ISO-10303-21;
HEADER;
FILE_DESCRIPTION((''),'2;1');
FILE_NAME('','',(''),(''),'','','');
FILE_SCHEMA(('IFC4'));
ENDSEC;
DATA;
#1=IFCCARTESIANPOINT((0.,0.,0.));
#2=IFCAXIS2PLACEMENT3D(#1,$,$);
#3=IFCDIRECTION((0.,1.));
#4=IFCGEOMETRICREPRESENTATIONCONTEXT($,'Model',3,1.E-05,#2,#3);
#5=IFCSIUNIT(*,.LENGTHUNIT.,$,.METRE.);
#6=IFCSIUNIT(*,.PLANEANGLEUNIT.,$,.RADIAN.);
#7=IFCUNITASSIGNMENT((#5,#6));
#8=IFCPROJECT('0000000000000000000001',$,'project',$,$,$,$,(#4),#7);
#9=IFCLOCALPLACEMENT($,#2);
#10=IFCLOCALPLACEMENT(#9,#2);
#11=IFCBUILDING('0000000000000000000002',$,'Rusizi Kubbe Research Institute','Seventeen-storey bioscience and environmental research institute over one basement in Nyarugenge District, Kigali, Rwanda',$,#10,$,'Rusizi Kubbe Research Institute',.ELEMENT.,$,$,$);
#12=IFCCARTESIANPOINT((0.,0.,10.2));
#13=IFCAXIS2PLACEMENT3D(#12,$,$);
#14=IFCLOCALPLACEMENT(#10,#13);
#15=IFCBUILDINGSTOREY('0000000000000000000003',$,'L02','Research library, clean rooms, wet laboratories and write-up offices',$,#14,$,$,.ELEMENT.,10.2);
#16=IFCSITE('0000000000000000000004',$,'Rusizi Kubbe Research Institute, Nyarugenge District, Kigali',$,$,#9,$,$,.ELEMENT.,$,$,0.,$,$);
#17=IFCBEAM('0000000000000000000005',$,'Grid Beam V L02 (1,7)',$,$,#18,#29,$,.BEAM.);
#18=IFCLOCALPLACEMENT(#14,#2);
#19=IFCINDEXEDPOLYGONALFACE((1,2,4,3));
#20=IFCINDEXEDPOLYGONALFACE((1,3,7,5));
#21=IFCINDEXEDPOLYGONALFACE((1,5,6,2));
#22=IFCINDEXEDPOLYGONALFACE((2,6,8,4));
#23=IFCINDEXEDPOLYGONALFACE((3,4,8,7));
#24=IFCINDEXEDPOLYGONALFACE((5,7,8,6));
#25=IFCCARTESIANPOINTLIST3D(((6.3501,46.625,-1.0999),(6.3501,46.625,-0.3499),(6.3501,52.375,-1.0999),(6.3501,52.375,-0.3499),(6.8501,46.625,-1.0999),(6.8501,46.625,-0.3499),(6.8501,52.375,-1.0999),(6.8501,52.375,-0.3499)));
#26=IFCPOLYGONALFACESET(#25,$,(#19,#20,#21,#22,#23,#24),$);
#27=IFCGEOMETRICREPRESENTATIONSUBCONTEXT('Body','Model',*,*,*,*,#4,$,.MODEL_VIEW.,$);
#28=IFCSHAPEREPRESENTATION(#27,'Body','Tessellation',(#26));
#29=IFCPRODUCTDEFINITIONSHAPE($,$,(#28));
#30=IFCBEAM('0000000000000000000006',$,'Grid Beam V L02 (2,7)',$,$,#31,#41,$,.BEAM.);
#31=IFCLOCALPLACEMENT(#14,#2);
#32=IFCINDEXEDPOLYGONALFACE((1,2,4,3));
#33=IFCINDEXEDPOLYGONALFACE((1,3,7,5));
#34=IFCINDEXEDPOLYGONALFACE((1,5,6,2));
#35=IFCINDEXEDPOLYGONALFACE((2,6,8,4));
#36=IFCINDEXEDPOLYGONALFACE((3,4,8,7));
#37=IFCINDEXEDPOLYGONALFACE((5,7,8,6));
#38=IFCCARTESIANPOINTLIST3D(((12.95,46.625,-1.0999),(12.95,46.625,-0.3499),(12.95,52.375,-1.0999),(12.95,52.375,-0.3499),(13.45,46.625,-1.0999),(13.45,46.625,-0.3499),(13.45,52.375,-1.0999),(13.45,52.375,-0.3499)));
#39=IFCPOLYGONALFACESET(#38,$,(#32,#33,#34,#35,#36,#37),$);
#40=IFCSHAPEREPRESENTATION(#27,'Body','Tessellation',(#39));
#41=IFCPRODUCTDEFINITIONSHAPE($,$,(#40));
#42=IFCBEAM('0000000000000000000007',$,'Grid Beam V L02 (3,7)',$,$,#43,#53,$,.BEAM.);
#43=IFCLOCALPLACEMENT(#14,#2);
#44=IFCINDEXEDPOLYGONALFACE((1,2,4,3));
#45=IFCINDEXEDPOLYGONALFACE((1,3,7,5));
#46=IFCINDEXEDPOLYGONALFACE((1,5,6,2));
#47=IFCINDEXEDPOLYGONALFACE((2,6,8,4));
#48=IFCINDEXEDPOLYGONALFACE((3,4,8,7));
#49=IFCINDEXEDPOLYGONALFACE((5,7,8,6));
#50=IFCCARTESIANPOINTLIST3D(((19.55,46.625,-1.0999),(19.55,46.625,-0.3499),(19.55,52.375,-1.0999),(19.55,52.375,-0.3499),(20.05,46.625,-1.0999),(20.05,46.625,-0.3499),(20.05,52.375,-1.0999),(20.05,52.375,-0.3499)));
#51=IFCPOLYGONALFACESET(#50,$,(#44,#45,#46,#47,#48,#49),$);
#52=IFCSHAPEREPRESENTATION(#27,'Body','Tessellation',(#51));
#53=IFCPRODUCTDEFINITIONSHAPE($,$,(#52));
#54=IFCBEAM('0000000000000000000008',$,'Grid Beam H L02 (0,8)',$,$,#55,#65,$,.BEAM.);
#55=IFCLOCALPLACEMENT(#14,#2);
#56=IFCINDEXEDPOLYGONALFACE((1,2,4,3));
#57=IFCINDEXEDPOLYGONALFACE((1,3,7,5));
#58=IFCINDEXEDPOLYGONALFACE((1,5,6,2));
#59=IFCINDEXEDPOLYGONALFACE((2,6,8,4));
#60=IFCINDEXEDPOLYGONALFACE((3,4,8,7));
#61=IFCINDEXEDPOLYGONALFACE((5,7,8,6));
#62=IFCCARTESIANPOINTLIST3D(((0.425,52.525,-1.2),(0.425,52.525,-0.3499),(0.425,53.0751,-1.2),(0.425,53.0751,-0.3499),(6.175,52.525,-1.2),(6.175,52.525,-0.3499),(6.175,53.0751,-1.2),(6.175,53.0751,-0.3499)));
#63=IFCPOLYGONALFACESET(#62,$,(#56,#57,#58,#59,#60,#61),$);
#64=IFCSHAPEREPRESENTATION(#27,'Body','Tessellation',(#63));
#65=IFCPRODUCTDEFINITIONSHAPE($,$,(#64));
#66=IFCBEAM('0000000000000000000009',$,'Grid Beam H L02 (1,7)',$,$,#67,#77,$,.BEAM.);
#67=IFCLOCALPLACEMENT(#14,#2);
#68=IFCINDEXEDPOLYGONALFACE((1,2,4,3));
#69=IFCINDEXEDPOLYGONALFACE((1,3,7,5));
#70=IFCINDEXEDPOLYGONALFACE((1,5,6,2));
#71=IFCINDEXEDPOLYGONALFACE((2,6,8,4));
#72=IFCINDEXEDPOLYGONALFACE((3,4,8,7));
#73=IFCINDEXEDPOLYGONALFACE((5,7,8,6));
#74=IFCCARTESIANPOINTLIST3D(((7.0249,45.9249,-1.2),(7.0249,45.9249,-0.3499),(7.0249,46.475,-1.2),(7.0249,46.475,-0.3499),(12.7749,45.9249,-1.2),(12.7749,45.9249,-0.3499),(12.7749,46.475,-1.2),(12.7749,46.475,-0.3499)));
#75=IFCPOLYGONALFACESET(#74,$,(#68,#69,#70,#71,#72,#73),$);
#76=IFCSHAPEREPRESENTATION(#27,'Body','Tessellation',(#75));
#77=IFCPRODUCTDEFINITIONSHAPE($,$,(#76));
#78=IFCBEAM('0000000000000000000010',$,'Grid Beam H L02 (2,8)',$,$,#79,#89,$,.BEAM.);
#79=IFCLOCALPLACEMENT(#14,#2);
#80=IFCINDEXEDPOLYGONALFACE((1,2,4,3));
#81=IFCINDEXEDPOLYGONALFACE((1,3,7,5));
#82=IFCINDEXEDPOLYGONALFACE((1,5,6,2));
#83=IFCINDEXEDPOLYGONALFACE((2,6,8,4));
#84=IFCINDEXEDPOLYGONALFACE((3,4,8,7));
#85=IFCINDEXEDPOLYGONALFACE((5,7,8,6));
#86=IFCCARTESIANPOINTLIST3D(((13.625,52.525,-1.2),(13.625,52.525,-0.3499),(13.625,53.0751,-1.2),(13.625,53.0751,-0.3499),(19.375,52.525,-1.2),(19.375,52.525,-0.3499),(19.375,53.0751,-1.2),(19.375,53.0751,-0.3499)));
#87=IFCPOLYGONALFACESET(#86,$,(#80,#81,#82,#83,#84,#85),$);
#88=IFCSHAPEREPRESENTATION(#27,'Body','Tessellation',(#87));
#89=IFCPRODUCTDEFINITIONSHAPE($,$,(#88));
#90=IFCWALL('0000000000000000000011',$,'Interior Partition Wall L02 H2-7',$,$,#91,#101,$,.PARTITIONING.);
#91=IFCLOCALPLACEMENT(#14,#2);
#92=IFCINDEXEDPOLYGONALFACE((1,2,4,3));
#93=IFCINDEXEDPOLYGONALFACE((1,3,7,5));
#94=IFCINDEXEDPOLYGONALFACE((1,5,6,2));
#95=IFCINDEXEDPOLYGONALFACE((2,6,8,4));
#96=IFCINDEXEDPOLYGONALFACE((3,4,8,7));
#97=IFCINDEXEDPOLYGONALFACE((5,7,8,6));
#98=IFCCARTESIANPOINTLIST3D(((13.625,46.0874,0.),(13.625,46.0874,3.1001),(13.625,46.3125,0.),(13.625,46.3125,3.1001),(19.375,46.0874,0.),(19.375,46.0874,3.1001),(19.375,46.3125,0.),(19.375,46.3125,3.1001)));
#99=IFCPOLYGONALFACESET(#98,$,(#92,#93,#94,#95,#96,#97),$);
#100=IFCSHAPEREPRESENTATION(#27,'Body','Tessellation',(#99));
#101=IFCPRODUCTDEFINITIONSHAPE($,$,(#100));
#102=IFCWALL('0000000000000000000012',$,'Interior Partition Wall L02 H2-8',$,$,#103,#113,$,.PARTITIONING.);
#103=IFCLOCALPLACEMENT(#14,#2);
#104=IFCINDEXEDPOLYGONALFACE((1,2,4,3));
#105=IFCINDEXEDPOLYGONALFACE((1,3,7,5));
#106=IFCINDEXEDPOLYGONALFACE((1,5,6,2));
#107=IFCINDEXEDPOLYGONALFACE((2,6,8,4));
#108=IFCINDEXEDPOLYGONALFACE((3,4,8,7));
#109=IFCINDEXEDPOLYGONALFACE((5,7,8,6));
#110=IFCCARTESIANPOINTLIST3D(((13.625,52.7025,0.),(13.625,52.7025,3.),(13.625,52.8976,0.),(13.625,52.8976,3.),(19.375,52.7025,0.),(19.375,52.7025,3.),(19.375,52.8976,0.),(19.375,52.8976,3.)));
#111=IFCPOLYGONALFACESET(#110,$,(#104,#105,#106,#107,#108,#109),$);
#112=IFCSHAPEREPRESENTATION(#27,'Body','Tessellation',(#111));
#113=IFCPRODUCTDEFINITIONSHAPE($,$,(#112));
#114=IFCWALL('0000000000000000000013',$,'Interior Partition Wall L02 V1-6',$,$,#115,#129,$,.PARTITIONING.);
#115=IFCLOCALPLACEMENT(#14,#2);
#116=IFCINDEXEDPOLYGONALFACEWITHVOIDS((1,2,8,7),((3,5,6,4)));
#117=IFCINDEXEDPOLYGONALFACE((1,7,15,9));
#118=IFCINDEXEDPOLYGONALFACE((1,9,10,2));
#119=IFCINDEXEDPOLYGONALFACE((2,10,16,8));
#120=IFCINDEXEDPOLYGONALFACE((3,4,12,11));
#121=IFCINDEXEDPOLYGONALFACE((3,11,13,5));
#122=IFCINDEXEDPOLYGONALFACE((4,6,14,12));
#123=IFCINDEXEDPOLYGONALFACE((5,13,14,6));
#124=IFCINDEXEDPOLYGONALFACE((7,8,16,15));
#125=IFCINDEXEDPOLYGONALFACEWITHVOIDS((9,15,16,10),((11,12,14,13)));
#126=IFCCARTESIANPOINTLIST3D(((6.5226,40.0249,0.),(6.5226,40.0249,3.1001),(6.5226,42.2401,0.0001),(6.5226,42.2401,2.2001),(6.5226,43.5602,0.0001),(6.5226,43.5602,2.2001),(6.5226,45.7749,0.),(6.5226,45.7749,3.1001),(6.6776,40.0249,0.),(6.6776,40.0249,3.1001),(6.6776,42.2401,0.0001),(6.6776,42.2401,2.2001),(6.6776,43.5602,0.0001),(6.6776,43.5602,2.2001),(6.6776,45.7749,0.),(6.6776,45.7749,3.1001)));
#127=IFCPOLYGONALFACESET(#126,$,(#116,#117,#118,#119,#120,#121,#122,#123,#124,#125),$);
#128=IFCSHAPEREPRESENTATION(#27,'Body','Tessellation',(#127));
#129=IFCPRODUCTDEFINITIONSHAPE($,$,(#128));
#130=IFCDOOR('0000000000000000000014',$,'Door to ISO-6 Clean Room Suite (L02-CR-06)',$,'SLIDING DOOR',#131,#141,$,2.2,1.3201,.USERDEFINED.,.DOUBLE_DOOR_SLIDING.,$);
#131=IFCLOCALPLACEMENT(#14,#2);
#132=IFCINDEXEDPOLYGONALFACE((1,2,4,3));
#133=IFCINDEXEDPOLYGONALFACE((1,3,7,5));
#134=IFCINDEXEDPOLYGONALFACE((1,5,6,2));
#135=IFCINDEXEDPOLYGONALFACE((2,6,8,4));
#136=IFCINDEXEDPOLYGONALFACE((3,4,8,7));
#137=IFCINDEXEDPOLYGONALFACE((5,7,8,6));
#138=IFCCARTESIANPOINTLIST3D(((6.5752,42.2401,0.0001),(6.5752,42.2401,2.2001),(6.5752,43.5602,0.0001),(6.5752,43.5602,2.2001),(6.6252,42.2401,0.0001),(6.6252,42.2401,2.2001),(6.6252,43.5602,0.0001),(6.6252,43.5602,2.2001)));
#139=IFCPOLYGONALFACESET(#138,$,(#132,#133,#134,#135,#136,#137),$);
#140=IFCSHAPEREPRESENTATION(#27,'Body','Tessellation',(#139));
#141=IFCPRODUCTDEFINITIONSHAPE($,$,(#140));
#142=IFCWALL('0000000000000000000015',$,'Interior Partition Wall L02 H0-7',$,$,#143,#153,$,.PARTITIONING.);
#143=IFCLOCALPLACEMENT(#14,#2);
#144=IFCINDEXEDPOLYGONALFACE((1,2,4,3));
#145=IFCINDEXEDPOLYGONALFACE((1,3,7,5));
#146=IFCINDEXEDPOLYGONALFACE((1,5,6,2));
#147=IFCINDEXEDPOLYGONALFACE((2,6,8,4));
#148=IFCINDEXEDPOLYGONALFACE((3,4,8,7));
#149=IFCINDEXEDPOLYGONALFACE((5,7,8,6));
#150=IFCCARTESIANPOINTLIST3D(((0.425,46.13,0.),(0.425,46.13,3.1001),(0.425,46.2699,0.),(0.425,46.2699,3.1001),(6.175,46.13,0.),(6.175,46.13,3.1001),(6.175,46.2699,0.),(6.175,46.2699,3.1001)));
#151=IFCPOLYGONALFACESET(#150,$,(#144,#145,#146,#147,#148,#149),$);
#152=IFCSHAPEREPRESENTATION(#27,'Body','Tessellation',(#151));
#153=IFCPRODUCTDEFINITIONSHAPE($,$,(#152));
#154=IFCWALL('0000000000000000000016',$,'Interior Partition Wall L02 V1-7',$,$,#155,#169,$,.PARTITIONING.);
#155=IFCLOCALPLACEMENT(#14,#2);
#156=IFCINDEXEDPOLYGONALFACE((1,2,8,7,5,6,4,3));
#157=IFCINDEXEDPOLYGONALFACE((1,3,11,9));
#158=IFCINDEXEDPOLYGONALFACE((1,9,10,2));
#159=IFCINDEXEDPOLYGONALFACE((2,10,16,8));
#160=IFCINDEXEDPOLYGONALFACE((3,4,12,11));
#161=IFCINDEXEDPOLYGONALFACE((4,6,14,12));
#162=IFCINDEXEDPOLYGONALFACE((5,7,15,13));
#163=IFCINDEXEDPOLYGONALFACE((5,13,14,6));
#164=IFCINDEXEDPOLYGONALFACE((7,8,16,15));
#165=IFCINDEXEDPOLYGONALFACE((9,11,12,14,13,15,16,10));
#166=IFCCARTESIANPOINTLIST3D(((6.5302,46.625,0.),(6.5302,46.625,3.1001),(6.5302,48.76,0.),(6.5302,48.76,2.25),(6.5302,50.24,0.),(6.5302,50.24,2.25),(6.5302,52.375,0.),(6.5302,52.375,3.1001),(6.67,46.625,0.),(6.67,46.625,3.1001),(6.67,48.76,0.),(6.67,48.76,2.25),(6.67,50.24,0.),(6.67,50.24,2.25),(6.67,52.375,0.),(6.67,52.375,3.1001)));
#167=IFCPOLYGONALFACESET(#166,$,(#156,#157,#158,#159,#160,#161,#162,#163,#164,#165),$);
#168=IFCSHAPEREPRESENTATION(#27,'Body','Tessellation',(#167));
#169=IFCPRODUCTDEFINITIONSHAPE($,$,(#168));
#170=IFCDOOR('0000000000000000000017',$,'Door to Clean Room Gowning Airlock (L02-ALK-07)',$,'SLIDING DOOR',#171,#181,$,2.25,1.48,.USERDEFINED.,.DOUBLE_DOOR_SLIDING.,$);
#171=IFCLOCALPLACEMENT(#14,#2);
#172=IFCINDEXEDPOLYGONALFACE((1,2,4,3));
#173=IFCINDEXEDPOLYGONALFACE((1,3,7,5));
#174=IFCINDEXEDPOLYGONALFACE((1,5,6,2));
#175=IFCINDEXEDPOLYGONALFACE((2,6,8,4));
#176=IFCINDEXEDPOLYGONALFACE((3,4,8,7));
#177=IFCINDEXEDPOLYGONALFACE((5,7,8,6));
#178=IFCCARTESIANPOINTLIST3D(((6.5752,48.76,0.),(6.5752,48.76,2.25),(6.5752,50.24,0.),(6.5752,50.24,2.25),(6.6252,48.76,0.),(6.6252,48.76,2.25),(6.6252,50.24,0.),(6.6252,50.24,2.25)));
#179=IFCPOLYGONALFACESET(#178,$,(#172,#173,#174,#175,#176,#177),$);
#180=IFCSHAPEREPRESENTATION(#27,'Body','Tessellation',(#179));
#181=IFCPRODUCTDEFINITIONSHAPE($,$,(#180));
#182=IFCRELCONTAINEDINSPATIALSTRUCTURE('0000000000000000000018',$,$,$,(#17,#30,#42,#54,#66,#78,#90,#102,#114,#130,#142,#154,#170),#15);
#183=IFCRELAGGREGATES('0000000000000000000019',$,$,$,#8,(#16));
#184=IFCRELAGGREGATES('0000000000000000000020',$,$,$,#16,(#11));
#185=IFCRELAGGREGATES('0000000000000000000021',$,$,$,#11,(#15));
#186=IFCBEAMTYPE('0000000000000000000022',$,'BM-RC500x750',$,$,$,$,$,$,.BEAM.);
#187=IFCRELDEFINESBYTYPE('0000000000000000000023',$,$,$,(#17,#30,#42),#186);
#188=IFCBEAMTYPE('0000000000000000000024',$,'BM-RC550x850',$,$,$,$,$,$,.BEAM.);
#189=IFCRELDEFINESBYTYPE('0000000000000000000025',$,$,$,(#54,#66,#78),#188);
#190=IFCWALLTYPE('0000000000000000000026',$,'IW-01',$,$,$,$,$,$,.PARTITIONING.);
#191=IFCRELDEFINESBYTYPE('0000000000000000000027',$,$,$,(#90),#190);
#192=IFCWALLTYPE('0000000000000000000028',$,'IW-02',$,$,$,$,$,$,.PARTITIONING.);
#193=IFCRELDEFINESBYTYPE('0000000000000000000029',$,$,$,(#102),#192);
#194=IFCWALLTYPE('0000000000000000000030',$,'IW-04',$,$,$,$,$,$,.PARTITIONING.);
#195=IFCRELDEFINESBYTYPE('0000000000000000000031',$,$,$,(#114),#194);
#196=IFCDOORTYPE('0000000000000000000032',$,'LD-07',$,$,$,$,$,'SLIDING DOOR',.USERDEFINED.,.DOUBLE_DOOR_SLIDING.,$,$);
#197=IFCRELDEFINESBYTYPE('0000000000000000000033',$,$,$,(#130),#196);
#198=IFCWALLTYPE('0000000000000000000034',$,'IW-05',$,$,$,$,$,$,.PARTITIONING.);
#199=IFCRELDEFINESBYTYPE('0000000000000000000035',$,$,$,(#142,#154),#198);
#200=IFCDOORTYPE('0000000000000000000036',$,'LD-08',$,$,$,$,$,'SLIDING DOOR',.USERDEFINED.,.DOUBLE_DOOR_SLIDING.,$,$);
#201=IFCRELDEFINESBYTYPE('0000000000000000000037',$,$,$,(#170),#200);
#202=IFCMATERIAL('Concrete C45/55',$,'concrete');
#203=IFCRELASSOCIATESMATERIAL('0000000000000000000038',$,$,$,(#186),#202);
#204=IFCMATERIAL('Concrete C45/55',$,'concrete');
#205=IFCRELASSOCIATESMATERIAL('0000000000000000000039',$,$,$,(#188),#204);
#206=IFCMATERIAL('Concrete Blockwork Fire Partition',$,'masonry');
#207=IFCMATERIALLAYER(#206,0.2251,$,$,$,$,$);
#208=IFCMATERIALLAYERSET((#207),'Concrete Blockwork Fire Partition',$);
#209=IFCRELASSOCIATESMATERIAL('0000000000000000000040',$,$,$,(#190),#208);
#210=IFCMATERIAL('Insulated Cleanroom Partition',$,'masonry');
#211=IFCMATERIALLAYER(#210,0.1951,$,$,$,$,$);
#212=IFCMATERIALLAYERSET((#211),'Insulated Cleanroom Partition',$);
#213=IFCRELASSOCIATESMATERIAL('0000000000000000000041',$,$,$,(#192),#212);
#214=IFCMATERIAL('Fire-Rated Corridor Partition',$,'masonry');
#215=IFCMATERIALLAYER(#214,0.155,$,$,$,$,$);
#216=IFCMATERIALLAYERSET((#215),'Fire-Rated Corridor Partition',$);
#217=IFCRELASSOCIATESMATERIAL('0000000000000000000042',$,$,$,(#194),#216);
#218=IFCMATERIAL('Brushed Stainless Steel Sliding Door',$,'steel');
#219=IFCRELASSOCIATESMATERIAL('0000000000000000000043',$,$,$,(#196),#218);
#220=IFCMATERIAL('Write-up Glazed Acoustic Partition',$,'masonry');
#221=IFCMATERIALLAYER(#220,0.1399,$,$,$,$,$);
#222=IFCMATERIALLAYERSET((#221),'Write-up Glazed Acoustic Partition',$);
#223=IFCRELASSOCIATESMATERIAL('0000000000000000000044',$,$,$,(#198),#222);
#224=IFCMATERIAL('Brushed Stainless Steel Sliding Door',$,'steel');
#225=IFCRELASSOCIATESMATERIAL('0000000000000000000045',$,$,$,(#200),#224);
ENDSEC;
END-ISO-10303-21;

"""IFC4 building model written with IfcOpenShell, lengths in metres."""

from ifc_helpers import new_model, si_unit, direction, frame, frame_2d, origin, origin_2d, place, context, subcontext, project, spatial, rectangle, extrude, material, layer, layer_set, material_profile, profile_set, type_object, element, fill, save


model = new_model("IFC4")

# Units and contexts
model_context = context("Model", 3, precision=1e-05, world=origin(), true_north=direction((0.0, 1.0)))
body_context = subcontext(model_context, "Body", "Model", "MODEL_VIEW")
ifc_project = project(units=[si_unit("LENGTHUNIT", "METRE"), si_unit("PLANEANGLEUNIT", "RADIAN")], contexts=[model_context])

# Site, building, storey
site_placement = place(None, origin())
site = spatial("IfcSite", under=ifc_project, at=site_placement, Name="Rusizi Kubbe Research Institute, Nyarugenge District, Kigali", CompositionType="ELEMENT", RefElevation=0.0)
building_placement = place(site_placement, origin())
building = spatial("IfcBuilding", under=site, at=building_placement, Name="Rusizi Kubbe Research Institute", Description="Seventeen-storey bioscience and environmental research institute over one basement in Nyarugenge District, Kigali, Rwanda", LongName="Rusizi Kubbe Research Institute", CompositionType="ELEMENT")
storey_placement = place(building_placement, frame((0.0, 0.0, 10.2)))
storey = spatial("IfcBuildingStorey", under=building, at=storey_placement, Name="L02", Description="Research library, clean rooms, wet laboratories and write-up offices", CompositionType="ELEMENT", Elevation=10.2)

# Beams
ifc_material_1 = material(Name="Concrete C45/55", Category="concrete")
ifc_material_profile_1 = material_profile(ifc_material_1, rectangle(XDim=0.5, YDim=0.75, at=origin_2d()), Name="RC500x750B")
ifc_profile_set_1 = profile_set([ifc_material_profile_1], Name="Concrete C45/55")
beam_type_1 = type_object("IfcBeamType", Name="BM-RC500x750", PredefinedType="BEAM", material=ifc_profile_set_1)
for number, where, z_axis, x_axis, name in (
    (1, (6.6001, 46.625, -0.7249), (0.0, 1.0, 0.0), (-1.0, 0.0, 0.0), "Grid Beam V L02 (1,7)"),
    (2, (13.2, 46.625, -0.7249), (0.0, 1.0, 0.0), (-1.0, 0.0, 0.0), "Grid Beam V L02 (2,7)"),
    (3, (19.8, 46.625, -0.7249), (0.0, 1.0, 0.0), (-1.0, 0.0, 0.0), "Grid Beam V L02 (3,7)"),
):
    element("IfcBeam", number, at=place(storey_placement, frame(where, z_axis=z_axis, x_axis=x_axis)), inside=storey, type_object=beam_type_1, Name=name, PredefinedType="BEAM", context=body_context, shape_type="SweptSolid", body=[
        extrude(rectangle(XDim=0.5, YDim=0.75, at=origin_2d()), origin(), (0.0, 0.0, 1.0), 5.75),
    ])
ifc_material_2 = material(Name="Concrete C45/55", Category="concrete")
ifc_material_profile_2 = material_profile(ifc_material_2, rectangle(XDim=0.55, YDim=0.8501, at=origin_2d()), Name="RC550x850")
ifc_profile_set_2 = profile_set([ifc_material_profile_2], Name="Concrete C45/55")
beam_type_2 = type_object("IfcBeamType", Name="BM-RC550x850", PredefinedType="BEAM", material=ifc_profile_set_2)
for number, where, z_axis, x_axis, name in (
    (4, (0.425, 52.8, -0.7749), (1.0, 0.0, 0.0), (0.0, 1.0, 0.0), "Grid Beam H L02 (0,8)"),
    (5, (7.0249, 46.2, -0.7749), (1.0, 0.0, 0.0), (0.0, 1.0, 0.0), "Grid Beam H L02 (1,7)"),
    (6, (13.625, 52.8, -0.7749), (1.0, 0.0, 0.0), (0.0, 1.0, 0.0), "Grid Beam H L02 (2,8)"),
):
    element("IfcBeam", number, at=place(storey_placement, frame(where, z_axis=z_axis, x_axis=x_axis)), inside=storey, type_object=beam_type_2, Name=name, PredefinedType="BEAM", context=body_context, shape_type="SweptSolid", body=[
        extrude(rectangle(XDim=0.55, YDim=0.8501, at=origin_2d()), origin(), (0.0, 0.0, 1.0), 5.75),
    ])

# Walls
ifc_material_3 = material(Name="Concrete Blockwork Fire Partition", Category="masonry")
ifc_layer_1 = layer(ifc_material_3, 0.2251)
ifc_layer_set_1 = layer_set([ifc_layer_1], Name="Concrete Blockwork Fire Partition")
wall_type_1 = type_object("IfcWallType", Name="IW-01", PredefinedType="PARTITIONING", material=ifc_layer_set_1)
wall_1_placement = place(storey_placement, frame((13.625, 46.2, 0.0), z_axis=(0.0, 0.0, 1.0), x_axis=(1.0, 0.0, 0.0)))
element("IfcWall", 7, at=wall_1_placement, inside=storey, type_object=wall_type_1, Name="Interior Partition Wall L02 H2-7", PredefinedType="PARTITIONING", context=body_context, shape_type="SweptSolid", body=[
    extrude(rectangle(XDim=5.75, YDim=0.2251, at=frame_2d((2.875, 0.0))), origin(), (0.0, 0.0, 1.0), 3.1001),
])
ifc_material_4 = material(Name="Insulated Cleanroom Partition", Category="masonry")
ifc_layer_2 = layer(ifc_material_4, 0.1951)
ifc_layer_set_2 = layer_set([ifc_layer_2], Name="Insulated Cleanroom Partition")
wall_type_2 = type_object("IfcWallType", Name="IW-02", PredefinedType="PARTITIONING", material=ifc_layer_set_2)
wall_2_placement = place(storey_placement, frame((13.625, 52.8, 0.0), z_axis=(0.0, 0.0, 1.0), x_axis=(1.0, 0.0, 0.0)))
element("IfcWall", 8, at=wall_2_placement, inside=storey, type_object=wall_type_2, Name="Interior Partition Wall L02 H2-8", PredefinedType="PARTITIONING", context=body_context, shape_type="SweptSolid", body=[
    extrude(rectangle(XDim=5.75, YDim=0.1951, at=frame_2d((2.875, 0.0))), origin(), (0.0, 0.0, 1.0), 3.0),
])

# Wall, opening, door
ifc_material_5 = material(Name="Fire-Rated Corridor Partition", Category="masonry")
ifc_layer_3 = layer(ifc_material_5, 0.155)
ifc_layer_set_3 = layer_set([ifc_layer_3], Name="Fire-Rated Corridor Partition")
wall_type_3 = type_object("IfcWallType", Name="IW-04", PredefinedType="PARTITIONING", material=ifc_layer_set_3)
wall_3_placement = place(storey_placement, frame((6.6001, 40.0249, 0.0), z_axis=(0.0, 0.0, 1.0), x_axis=(0.0, 1.0, 0.0)))
wall_3 = element("IfcWall", 9, at=wall_3_placement, inside=storey, type_object=wall_type_3, Name="Interior Partition Wall L02 V1-6", PredefinedType="PARTITIONING", context=body_context, shape_type="SweptSolid", body=[
    extrude(rectangle(XDim=5.75, YDim=0.155, at=frame_2d((2.875, 0.0))), origin(), (0.0, 0.0, 1.0), 3.1001),
])
opening_1_placement = place(wall_3_placement, frame((2.2151, 0.0, 0.0)))
opening_1 = element("IfcOpeningElement", 10, at=opening_1_placement, cuts=wall_3, PredefinedType="OPENING", context=body_context, shape_type="SweptSolid", body=[
    extrude(rectangle(XDim=1.3201, YDim=2.2, at=frame_2d((0.6602, 1.1001))), frame((0.0, 0.0874, 0.0), z_axis=(0.0, -1.0, 0.0), x_axis=(1.0, 0.0, 0.0)), (0.0, 0.0, 1.0), 0.175),
])
ifc_material_6 = material(Name="Brushed Stainless Steel Sliding Door", Category="steel")
door_type_1 = type_object("IfcDoorType", Name="LD-07", ElementType="SLIDING DOOR", OperationType="DOUBLE_DOOR_SLIDING", PredefinedType="USERDEFINED", material=ifc_material_6)
door_1_placement = place(opening_1_placement, origin())
door_1 = element("IfcDoor", 11, at=door_1_placement, inside=storey, type_object=door_type_1, Name="Door to ISO-6 Clean Room Suite (L02-CR-06)", ObjectType="SLIDING DOOR", OperationType="DOUBLE_DOOR_SLIDING", OverallHeight=2.2, OverallWidth=1.3201, PredefinedType="USERDEFINED", context=body_context, shape_type="SweptSolid", body=[
    extrude(rectangle(XDim=1.3201, YDim=2.2, at=frame_2d((0.6602, 1.1001))), frame((0.0, 0.0249, 0.0), z_axis=(0.0, -1.0, 0.0), x_axis=(1.0, 0.0, 0.0)), (0.0, 0.0, 1.0), 0.05),
])
fill(opening_1, door_1)

# Wall
ifc_material_7 = material(Name="Write-up Glazed Acoustic Partition", Category="masonry")
ifc_layer_4 = layer(ifc_material_7, 0.1399)
ifc_layer_set_4 = layer_set([ifc_layer_4], Name="Write-up Glazed Acoustic Partition")
wall_type_4 = type_object("IfcWallType", Name="IW-05", PredefinedType="PARTITIONING", material=ifc_layer_set_4)
wall_4_placement = place(storey_placement, frame((0.425, 46.2, 0.0), z_axis=(0.0, 0.0, 1.0), x_axis=(1.0, 0.0, 0.0)))
element("IfcWall", 12, at=wall_4_placement, inside=storey, type_object=wall_type_4, Name="Interior Partition Wall L02 H0-7", PredefinedType="PARTITIONING", context=body_context, shape_type="SweptSolid", body=[
    extrude(rectangle(XDim=5.75, YDim=0.1399, at=frame_2d((2.875, 0.0))), origin(), (0.0, 0.0, 1.0), 3.1001),
])

# Wall, opening, door
wall_5_placement = place(storey_placement, frame((6.6001, 46.625, 0.0), z_axis=(0.0, 0.0, 1.0), x_axis=(0.0, 1.0, 0.0)))
wall_5 = element("IfcWall", 13, at=wall_5_placement, inside=storey, type_object=wall_type_4, Name="Interior Partition Wall L02 V1-7", PredefinedType="PARTITIONING", context=body_context, shape_type="SweptSolid", body=[
    extrude(rectangle(XDim=5.75, YDim=0.1399, at=frame_2d((2.875, 0.0))), origin(), (0.0, 0.0, 1.0), 3.1001),
])
opening_2_placement = place(wall_5_placement, frame((2.135, 0.0, 0.0)))
opening_2 = element("IfcOpeningElement", 14, at=opening_2_placement, cuts=wall_5, PredefinedType="OPENING", context=body_context, shape_type="SweptSolid", body=[
    extrude(rectangle(XDim=1.48, YDim=2.25, at=frame_2d((0.74, 1.125))), frame((0.0, 0.0798, 0.0), z_axis=(0.0, -1.0, 0.0), x_axis=(1.0, 0.0, 0.0)), (0.0, 0.0, 1.0), 0.1599),
])
ifc_material_8 = material(Name="Brushed Stainless Steel Sliding Door", Category="steel")
door_type_2 = type_object("IfcDoorType", Name="LD-08", ElementType="SLIDING DOOR", OperationType="DOUBLE_DOOR_SLIDING", PredefinedType="USERDEFINED", material=ifc_material_8)
door_2_placement = place(opening_2_placement, origin())
door_2 = element("IfcDoor", 15, at=door_2_placement, inside=storey, type_object=door_type_2, Name="Door to Clean Room Gowning Airlock (L02-ALK-07)", ObjectType="SLIDING DOOR", OperationType="DOUBLE_DOOR_SLIDING", OverallHeight=2.25, OverallWidth=1.48, PredefinedType="USERDEFINED", context=body_context, shape_type="SweptSolid", body=[
    extrude(rectangle(XDim=1.48, YDim=2.25, at=frame_2d((0.74, 1.125))), frame((0.0, 0.0249, 0.0), z_axis=(0.0, -1.0, 0.0), x_axis=(1.0, 0.0, 0.0)), (0.0, 0.0, 1.0), 0.05),
])
fill(opening_2, door_2)

save(model, "model.ifc")
